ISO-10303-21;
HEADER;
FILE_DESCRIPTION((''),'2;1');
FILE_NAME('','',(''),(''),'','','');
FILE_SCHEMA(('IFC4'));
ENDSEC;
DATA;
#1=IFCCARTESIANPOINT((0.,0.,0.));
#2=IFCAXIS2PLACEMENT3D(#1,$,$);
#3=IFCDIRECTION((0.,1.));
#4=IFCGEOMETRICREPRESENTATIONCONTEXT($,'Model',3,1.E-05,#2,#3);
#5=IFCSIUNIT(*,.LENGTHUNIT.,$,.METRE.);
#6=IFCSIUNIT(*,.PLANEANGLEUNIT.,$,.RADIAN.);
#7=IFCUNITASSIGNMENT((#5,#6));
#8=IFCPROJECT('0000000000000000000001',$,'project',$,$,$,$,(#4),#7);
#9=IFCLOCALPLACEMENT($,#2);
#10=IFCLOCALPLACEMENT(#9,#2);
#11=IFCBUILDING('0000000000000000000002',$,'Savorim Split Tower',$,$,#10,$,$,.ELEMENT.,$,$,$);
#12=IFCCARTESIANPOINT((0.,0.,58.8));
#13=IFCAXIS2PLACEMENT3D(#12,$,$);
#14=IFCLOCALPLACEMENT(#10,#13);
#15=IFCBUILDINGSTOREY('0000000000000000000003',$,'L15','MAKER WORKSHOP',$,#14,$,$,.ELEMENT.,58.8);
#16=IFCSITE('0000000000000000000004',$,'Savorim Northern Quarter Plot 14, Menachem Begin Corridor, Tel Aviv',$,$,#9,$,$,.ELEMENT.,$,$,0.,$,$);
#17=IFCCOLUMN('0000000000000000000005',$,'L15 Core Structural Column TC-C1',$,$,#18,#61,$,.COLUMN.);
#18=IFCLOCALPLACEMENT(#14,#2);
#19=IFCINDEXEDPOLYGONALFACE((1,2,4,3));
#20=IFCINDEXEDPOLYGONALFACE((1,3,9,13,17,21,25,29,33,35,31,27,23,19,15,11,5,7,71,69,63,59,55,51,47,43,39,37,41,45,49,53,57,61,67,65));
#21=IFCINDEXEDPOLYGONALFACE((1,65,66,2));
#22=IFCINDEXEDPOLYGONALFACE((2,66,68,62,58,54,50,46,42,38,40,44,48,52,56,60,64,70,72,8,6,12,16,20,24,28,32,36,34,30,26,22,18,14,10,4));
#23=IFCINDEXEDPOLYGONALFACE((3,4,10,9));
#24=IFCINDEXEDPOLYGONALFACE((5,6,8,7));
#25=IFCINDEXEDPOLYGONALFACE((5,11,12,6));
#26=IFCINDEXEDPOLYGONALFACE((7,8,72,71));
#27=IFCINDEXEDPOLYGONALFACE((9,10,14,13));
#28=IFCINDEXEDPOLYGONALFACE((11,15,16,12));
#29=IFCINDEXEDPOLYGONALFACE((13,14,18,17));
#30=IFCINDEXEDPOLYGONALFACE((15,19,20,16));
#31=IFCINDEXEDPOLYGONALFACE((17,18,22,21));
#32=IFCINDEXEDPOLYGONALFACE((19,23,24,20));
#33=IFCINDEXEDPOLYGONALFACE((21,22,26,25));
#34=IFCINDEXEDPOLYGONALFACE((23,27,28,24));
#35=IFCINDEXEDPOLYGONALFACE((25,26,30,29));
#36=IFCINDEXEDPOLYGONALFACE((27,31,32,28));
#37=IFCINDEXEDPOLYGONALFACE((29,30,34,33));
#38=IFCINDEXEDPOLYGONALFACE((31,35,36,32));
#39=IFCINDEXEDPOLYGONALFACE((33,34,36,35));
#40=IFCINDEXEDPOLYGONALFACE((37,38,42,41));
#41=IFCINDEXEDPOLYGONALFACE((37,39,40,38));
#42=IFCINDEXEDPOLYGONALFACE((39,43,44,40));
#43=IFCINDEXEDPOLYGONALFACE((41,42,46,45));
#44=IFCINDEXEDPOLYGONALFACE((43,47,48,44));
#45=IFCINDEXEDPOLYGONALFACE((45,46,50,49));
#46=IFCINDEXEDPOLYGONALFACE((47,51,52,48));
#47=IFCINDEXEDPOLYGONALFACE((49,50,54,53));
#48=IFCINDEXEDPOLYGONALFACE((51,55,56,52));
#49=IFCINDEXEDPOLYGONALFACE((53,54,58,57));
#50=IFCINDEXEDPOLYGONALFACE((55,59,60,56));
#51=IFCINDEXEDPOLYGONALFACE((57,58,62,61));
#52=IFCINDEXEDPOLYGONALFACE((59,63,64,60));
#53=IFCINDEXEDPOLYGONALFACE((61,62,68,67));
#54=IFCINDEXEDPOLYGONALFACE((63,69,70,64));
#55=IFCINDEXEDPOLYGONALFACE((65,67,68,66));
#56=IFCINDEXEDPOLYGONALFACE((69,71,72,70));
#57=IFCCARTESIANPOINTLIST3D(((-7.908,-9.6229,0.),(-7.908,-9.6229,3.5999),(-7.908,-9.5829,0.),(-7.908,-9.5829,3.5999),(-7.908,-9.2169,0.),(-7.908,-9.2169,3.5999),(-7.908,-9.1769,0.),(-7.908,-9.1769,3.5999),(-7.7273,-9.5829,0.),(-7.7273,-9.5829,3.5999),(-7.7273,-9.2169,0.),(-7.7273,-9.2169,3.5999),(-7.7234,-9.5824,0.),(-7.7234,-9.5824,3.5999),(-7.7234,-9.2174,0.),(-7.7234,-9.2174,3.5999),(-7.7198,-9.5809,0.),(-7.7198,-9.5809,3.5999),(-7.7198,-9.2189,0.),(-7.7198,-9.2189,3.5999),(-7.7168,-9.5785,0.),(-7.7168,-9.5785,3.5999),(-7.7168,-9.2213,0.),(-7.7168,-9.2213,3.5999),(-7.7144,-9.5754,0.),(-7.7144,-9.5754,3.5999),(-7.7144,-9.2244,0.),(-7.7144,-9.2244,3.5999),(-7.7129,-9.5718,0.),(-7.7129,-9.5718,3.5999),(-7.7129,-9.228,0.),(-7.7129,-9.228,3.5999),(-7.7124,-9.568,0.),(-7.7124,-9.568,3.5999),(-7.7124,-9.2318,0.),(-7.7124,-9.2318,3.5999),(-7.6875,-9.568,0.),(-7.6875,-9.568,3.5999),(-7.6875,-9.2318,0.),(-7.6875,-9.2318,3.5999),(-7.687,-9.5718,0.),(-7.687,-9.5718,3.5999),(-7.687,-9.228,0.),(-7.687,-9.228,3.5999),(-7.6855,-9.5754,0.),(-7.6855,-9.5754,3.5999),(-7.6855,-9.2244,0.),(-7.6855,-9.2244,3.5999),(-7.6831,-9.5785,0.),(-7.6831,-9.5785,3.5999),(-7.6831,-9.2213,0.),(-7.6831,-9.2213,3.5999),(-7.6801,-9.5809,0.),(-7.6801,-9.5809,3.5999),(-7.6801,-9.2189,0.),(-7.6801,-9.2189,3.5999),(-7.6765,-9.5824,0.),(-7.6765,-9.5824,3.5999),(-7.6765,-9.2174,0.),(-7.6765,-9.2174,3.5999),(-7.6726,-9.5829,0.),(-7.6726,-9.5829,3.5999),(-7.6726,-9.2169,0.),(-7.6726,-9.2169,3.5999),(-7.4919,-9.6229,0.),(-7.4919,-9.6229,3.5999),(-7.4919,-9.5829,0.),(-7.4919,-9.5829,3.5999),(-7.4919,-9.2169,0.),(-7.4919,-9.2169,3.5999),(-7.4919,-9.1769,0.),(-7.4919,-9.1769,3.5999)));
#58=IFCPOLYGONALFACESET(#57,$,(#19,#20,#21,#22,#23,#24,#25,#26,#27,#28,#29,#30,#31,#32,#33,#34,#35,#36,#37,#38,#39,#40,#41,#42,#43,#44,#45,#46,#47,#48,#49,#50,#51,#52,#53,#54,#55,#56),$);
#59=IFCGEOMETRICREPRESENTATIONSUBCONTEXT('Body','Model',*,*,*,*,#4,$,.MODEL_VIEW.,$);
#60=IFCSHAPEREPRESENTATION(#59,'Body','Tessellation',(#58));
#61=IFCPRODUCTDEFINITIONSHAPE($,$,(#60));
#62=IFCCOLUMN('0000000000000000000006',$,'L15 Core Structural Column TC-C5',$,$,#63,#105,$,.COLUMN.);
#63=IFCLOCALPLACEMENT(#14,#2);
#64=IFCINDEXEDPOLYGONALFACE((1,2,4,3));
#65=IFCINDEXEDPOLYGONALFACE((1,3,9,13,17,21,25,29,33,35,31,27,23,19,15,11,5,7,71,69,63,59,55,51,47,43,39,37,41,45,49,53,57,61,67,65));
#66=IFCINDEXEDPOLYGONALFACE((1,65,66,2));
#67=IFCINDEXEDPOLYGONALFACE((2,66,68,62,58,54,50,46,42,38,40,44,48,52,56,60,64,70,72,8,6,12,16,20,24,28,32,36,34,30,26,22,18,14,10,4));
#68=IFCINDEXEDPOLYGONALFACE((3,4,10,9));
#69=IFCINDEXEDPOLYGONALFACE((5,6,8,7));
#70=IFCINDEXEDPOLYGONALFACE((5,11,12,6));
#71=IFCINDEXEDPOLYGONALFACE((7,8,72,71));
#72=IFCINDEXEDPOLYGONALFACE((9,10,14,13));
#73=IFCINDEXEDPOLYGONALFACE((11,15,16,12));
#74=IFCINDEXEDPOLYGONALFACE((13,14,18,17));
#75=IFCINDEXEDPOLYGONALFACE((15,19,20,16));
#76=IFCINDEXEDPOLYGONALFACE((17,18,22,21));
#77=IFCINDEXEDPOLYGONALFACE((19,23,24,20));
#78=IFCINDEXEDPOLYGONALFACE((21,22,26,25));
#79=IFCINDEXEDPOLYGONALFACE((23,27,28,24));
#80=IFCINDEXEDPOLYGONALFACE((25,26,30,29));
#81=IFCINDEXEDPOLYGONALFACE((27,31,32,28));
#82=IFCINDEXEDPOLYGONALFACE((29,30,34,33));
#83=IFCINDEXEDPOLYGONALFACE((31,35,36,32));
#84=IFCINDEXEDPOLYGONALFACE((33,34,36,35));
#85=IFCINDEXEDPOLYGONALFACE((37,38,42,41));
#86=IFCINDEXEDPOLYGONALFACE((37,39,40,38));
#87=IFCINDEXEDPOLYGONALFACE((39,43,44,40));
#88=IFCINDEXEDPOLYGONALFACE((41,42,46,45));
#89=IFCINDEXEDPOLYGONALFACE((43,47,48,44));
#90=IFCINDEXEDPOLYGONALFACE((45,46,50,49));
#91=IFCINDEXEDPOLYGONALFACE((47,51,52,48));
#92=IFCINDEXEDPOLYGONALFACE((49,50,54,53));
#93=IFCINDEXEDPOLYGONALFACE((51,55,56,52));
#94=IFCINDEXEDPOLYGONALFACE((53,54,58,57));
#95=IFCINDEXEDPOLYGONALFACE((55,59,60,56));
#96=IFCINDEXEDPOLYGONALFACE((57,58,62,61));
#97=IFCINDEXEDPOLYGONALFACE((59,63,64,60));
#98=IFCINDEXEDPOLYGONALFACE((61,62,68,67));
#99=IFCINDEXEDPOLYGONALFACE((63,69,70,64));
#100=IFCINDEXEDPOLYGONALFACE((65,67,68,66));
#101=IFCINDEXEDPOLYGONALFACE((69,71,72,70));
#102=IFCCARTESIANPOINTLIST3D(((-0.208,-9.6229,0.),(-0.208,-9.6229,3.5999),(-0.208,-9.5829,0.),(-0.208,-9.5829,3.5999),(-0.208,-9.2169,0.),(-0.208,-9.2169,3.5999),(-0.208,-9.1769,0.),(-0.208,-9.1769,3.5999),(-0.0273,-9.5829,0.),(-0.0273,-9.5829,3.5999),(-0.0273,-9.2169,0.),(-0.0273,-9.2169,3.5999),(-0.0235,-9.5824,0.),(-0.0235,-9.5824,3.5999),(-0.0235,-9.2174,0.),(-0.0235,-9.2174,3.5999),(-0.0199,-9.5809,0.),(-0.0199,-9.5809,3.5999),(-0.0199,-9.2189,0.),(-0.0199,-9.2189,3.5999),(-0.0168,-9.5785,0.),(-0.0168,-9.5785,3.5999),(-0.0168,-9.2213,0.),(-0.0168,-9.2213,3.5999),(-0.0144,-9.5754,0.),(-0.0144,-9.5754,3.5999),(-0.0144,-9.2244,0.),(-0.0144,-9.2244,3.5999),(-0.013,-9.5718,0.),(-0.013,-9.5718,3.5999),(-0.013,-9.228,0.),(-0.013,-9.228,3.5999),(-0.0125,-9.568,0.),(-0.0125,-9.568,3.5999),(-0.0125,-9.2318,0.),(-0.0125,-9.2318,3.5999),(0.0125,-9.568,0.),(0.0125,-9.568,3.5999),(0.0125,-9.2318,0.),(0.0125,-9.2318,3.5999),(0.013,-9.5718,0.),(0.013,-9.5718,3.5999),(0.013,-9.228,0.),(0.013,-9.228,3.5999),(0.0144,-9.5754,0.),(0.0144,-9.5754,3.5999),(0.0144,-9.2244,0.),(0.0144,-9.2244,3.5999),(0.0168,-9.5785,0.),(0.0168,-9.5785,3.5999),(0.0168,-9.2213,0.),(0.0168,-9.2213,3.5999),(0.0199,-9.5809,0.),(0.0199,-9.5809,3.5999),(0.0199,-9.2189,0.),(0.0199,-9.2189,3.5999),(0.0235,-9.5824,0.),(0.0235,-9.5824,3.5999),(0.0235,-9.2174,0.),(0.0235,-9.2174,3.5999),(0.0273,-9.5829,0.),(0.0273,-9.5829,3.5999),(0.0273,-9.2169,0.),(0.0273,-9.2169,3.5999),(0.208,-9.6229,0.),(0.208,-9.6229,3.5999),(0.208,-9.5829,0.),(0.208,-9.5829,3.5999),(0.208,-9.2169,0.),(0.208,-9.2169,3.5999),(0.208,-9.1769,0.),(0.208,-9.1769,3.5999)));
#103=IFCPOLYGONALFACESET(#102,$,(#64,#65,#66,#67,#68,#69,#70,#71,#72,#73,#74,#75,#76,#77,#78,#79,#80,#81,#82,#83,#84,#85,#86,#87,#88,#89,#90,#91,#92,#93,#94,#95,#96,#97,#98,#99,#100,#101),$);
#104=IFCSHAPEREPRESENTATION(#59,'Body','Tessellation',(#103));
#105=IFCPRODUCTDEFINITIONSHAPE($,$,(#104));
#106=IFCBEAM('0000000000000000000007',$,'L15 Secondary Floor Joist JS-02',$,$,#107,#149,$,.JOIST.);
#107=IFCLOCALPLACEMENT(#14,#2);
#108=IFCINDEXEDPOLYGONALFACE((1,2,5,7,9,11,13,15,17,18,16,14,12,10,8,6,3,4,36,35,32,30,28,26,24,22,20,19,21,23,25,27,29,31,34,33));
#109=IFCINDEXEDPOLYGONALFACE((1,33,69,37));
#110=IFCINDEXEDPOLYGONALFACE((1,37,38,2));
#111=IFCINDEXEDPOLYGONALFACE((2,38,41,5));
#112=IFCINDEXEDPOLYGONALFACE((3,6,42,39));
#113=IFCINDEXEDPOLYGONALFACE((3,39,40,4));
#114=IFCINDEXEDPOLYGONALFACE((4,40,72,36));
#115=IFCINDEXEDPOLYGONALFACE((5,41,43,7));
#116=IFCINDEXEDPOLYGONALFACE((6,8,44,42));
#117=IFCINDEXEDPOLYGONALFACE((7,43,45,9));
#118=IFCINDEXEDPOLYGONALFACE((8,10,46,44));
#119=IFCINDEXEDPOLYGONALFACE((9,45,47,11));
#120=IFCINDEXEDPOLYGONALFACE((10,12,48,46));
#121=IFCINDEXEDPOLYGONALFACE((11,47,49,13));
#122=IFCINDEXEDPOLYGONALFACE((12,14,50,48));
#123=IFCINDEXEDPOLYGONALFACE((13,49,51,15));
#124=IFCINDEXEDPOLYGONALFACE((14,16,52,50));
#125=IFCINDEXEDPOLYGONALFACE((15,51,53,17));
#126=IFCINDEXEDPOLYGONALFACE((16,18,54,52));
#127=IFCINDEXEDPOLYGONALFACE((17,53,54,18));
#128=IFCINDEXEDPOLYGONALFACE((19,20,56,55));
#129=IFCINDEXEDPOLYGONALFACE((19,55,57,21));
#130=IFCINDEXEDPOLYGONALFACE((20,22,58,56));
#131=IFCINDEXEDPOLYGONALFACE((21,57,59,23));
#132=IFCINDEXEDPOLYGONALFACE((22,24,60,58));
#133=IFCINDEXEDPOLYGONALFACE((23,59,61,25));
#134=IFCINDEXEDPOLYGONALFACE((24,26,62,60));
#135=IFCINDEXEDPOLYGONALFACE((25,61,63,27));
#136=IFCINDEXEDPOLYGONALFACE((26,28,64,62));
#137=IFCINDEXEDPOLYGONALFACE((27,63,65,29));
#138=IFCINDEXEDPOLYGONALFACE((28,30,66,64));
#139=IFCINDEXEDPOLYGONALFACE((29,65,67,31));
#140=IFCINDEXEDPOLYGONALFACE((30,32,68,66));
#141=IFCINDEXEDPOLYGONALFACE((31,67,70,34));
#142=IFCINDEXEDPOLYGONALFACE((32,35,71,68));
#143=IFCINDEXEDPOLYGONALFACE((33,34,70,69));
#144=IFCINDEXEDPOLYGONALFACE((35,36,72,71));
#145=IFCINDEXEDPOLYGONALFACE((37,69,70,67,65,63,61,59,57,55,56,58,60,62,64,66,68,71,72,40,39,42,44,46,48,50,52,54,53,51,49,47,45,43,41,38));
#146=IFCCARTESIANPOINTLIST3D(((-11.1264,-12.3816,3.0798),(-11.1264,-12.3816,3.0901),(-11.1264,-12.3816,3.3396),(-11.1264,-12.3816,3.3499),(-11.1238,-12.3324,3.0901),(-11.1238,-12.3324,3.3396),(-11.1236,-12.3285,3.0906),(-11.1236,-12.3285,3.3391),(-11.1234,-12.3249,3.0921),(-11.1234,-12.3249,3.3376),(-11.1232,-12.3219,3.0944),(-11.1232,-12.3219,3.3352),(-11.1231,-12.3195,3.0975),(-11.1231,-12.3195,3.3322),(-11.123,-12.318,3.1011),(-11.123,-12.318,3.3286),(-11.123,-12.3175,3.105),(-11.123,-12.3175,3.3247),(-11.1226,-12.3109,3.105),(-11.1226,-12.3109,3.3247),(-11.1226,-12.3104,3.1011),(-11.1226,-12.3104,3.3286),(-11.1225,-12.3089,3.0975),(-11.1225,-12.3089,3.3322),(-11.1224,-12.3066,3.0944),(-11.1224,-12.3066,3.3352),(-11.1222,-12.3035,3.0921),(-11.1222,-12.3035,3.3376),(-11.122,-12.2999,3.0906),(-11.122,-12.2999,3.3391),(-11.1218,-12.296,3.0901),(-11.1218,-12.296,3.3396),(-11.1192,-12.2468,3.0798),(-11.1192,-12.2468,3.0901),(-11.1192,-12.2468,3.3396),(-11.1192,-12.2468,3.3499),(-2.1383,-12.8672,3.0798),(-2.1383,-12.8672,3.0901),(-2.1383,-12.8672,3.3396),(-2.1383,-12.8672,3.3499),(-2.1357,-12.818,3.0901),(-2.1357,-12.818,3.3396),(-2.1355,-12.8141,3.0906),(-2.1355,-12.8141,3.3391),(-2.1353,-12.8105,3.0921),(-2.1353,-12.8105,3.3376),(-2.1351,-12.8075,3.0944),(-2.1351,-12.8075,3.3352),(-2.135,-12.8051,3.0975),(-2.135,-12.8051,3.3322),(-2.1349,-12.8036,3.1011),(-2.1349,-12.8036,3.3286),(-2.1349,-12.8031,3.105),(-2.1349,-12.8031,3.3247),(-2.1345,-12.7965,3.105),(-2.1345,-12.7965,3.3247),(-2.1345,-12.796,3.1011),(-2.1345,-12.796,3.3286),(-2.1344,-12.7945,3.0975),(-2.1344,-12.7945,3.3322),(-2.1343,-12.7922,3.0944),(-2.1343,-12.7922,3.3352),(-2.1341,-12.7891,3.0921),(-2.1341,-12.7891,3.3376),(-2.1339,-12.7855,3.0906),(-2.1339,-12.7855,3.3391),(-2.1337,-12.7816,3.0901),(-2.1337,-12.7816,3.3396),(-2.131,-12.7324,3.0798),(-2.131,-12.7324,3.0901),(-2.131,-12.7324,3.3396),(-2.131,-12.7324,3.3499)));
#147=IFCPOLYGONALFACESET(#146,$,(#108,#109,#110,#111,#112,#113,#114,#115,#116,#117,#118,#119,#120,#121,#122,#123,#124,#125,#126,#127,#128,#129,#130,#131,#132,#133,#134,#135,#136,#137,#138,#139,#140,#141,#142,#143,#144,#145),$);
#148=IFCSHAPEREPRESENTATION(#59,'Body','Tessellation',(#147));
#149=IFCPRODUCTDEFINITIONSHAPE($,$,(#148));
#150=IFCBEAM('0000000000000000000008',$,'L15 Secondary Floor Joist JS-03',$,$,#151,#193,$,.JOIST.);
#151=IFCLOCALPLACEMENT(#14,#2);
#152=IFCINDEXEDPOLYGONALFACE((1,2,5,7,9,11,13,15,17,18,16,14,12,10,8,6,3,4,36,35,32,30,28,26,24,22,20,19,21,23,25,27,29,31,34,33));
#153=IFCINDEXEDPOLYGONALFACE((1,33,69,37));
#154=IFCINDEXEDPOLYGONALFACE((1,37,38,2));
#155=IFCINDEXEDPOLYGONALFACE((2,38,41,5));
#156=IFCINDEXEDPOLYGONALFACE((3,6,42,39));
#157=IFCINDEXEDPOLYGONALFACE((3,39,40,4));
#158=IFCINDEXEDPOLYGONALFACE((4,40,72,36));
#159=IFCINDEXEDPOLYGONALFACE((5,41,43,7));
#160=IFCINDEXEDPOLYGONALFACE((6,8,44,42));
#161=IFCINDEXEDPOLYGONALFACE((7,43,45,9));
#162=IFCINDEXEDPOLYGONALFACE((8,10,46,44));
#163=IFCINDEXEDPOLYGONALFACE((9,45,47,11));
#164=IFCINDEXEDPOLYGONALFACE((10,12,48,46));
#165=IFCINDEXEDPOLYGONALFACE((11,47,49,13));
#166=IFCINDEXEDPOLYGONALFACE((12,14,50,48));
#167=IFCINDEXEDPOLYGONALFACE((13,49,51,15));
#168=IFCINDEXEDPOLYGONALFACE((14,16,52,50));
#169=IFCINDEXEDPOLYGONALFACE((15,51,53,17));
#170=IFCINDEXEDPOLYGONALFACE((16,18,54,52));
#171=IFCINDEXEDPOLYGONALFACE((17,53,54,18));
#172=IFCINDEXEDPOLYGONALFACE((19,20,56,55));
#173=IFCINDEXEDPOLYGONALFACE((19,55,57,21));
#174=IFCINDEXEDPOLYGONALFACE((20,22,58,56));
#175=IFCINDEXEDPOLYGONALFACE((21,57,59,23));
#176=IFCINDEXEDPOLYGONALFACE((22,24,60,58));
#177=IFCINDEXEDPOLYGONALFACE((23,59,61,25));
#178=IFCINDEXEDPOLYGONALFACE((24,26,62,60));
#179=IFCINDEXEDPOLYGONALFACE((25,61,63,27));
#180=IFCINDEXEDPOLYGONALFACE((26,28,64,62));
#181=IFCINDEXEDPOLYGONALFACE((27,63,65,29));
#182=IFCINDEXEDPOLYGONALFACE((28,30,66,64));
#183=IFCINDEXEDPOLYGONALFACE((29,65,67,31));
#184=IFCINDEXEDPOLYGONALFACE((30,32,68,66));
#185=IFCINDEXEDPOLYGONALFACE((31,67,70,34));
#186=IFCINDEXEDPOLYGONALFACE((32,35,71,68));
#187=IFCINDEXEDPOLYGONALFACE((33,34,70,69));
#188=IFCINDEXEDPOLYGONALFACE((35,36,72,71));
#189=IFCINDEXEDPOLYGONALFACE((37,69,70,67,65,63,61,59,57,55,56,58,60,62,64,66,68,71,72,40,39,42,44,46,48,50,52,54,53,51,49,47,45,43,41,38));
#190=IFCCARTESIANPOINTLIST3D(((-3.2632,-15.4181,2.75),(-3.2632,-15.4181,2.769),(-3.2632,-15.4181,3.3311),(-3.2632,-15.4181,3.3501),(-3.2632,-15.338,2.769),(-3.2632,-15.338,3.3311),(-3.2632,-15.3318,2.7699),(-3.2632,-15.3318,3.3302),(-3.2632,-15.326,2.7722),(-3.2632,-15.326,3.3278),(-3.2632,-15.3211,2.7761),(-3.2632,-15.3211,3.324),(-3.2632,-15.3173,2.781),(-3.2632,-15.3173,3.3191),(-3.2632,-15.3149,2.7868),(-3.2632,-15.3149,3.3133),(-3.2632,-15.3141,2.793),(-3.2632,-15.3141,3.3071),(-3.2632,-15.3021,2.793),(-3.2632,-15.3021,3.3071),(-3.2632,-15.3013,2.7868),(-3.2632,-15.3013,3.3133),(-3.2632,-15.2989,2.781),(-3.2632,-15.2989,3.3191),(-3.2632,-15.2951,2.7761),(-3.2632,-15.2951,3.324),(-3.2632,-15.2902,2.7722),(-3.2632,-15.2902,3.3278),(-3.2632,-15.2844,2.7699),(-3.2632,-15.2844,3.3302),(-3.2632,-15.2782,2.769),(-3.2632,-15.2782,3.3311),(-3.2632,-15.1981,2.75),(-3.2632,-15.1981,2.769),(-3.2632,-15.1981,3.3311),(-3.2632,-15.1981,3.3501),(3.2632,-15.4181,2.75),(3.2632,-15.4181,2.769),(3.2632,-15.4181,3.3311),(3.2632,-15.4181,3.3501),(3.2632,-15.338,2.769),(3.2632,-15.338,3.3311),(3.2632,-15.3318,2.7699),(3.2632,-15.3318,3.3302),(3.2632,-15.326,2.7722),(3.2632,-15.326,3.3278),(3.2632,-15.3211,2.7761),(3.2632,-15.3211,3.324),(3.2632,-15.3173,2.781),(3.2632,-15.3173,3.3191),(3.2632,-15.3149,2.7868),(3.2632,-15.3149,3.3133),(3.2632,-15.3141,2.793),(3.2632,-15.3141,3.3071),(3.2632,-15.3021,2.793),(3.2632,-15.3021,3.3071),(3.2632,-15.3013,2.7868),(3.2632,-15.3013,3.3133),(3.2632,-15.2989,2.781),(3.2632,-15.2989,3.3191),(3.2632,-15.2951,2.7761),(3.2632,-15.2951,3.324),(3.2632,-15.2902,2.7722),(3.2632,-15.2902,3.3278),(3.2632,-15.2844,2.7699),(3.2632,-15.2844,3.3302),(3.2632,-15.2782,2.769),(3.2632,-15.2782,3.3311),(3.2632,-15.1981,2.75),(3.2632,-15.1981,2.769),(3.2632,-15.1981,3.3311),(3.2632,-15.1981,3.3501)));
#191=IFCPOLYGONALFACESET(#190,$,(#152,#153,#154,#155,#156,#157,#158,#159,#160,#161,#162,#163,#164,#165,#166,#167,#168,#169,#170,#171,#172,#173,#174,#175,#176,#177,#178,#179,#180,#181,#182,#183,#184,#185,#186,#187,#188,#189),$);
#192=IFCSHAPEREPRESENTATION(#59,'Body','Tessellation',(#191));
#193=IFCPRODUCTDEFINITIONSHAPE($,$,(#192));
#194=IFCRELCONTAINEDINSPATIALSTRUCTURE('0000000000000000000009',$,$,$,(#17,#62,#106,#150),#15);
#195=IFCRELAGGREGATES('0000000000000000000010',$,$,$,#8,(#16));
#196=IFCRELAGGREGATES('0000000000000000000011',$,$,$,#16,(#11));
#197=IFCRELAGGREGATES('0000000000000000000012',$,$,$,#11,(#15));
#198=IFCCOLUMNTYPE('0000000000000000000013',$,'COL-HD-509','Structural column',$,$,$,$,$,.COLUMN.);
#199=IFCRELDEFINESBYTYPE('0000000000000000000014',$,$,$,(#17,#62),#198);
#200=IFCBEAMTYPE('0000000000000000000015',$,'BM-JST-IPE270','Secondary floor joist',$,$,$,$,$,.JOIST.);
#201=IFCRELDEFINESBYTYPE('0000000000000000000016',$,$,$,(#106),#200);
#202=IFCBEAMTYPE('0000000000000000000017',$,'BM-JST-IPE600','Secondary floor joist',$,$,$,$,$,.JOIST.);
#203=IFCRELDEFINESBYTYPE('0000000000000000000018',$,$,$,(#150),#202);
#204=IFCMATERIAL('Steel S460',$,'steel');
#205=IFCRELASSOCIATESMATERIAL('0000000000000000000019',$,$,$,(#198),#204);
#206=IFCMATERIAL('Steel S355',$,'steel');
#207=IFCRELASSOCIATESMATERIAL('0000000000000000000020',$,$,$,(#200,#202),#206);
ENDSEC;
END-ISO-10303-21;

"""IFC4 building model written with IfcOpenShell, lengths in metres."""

from ifc_helpers import new_model, si_unit, direction, frame, origin, origin_2d, place, context, subcontext, project, spatial, i_section, extrude, material, material_profile, profile_set, type_object, element, save


model = new_model("IFC4")

# Units and contexts
model_context = context("Model", 3, precision=1e-05, world=origin(), true_north=direction((0.0, 1.0)))
body_context = subcontext(model_context, "Body", "Model", "MODEL_VIEW")
ifc_project = project(units=[si_unit("LENGTHUNIT", "METRE"), si_unit("PLANEANGLEUNIT", "RADIAN")], contexts=[model_context])

# Site, building, storey
site_placement = place(None, origin())
site = spatial("IfcSite", under=ifc_project, at=site_placement, Name="Savorim Northern Quarter Plot 14, Menachem Begin Corridor, Tel Aviv", CompositionType="ELEMENT", RefElevation=0.0)
building_placement = place(site_placement, origin())
building = spatial("IfcBuilding", under=site, at=building_placement, Name="Savorim Split Tower", CompositionType="ELEMENT")
storey_placement = place(building_placement, frame((0.0, 0.0, 58.8)))
storey = spatial("IfcBuildingStorey", under=building, at=storey_placement, Name="L15", Description="MAKER WORKSHOP", CompositionType="ELEMENT", Elevation=58.8)

# Columns
ifc_material_1 = material(Name="Steel S460", Category="steel")
ifc_material_profile_1 = material_profile(ifc_material_1, i_section(OverallWidth=0.416, OverallDepth=0.446, WebThickness=0.0249, FlangeThickness=0.04, FilletRadius=0.0149, at=origin_2d()), Name="HD 400x509")
ifc_profile_set_1 = profile_set([ifc_material_profile_1], Name="Steel S460")
column_type = type_object("IfcColumnType", Name="COL-HD-509", Description="Structural column", PredefinedType="COLUMN", material=ifc_profile_set_1)
for number, where, z_axis, x_axis, name in (
    (1, (-7.7, -9.3999, 0.0), (0.0, 0.0, 1.0), (1.0, 0.0, 0.0), "L15 Core Structural Column TC-C1"),
    (2, (0.0, -9.3999, 0.0), (0.0, 0.0, 1.0), (1.0, 0.0, 0.0), "L15 Core Structural Column TC-C5"),
):
    element("IfcColumn", number, at=place(storey_placement, frame(where, z_axis=z_axis, x_axis=x_axis)), inside=storey, type_object=column_type, Name=name, PredefinedType="COLUMN", context=body_context, shape_type="SweptSolid", body=[
        extrude(i_section(OverallWidth=0.416, OverallDepth=0.446, WebThickness=0.0249, FlangeThickness=0.04, FilletRadius=0.0149, at=origin_2d()), origin(), (0.0, 0.0, 1.0), 3.5999),
    ])

# Beams
ifc_material_2 = material(Name="Steel S355", Category="steel")
ifc_material_profile_2 = material_profile(ifc_material_2, i_section(OverallWidth=0.135, OverallDepth=0.27, WebThickness=0.0066, FlangeThickness=0.0103, FilletRadius=0.0149, at=origin_2d()), Name="IPE 270")
ifc_profile_set_2 = profile_set([ifc_material_profile_2], Name="Steel S355")
beam_type_1 = type_object("IfcBeamType", Name="BM-JST-IPE270", Description="Secondary floor joist", PredefinedType="JOIST", material=ifc_profile_set_2)
beam_1_placement = place(storey_placement, frame((-11.1228, -12.3142, 3.2148), z_axis=(0.998544, -0.053948, 0.0), x_axis=(0.053948, 0.998544, 0.0)))
element("IfcBeam", 3, at=beam_1_placement, inside=storey, type_object=beam_type_1, Name="L15 Secondary Floor Joist JS-02", PredefinedType="JOIST", context=body_context, shape_type="SweptSolid", body=[
    extrude(i_section(OverallWidth=0.135, OverallDepth=0.27, WebThickness=0.0066, FlangeThickness=0.0103, FilletRadius=0.0149, at=origin_2d()), origin(), (0.0, 0.0, 1.0), 9.0012),
])
ifc_material_profile_3 = material_profile(ifc_material_2, i_section(OverallWidth=0.22, OverallDepth=0.6001, WebThickness=0.012, FlangeThickness=0.019, FilletRadius=0.0239, at=origin_2d()), Name="IPE 600")
ifc_profile_set_3 = profile_set([ifc_material_profile_3], Name="Steel S355")
beam_type_2 = type_object("IfcBeamType", Name="BM-JST-IPE600", Description="Secondary floor joist", PredefinedType="JOIST", material=ifc_profile_set_3)
beam_2_placement = place(storey_placement, frame((-3.2632, -15.3081, 3.05), z_axis=(1.0, 0.0, 0.0), x_axis=(0.0, 1.0, 0.0)))
element("IfcBeam", 4, at=beam_2_placement, inside=storey, type_object=beam_type_2, Name="L15 Secondary Floor Joist JS-03", PredefinedType="JOIST", context=body_context, shape_type="SweptSolid", body=[
    extrude(i_section(OverallWidth=0.22, OverallDepth=0.6001, WebThickness=0.012, FlangeThickness=0.019, FilletRadius=0.0239, at=origin_2d()), origin(), (0.0, 0.0, 1.0), 6.5264),
])

save(model, "model.ifc")
